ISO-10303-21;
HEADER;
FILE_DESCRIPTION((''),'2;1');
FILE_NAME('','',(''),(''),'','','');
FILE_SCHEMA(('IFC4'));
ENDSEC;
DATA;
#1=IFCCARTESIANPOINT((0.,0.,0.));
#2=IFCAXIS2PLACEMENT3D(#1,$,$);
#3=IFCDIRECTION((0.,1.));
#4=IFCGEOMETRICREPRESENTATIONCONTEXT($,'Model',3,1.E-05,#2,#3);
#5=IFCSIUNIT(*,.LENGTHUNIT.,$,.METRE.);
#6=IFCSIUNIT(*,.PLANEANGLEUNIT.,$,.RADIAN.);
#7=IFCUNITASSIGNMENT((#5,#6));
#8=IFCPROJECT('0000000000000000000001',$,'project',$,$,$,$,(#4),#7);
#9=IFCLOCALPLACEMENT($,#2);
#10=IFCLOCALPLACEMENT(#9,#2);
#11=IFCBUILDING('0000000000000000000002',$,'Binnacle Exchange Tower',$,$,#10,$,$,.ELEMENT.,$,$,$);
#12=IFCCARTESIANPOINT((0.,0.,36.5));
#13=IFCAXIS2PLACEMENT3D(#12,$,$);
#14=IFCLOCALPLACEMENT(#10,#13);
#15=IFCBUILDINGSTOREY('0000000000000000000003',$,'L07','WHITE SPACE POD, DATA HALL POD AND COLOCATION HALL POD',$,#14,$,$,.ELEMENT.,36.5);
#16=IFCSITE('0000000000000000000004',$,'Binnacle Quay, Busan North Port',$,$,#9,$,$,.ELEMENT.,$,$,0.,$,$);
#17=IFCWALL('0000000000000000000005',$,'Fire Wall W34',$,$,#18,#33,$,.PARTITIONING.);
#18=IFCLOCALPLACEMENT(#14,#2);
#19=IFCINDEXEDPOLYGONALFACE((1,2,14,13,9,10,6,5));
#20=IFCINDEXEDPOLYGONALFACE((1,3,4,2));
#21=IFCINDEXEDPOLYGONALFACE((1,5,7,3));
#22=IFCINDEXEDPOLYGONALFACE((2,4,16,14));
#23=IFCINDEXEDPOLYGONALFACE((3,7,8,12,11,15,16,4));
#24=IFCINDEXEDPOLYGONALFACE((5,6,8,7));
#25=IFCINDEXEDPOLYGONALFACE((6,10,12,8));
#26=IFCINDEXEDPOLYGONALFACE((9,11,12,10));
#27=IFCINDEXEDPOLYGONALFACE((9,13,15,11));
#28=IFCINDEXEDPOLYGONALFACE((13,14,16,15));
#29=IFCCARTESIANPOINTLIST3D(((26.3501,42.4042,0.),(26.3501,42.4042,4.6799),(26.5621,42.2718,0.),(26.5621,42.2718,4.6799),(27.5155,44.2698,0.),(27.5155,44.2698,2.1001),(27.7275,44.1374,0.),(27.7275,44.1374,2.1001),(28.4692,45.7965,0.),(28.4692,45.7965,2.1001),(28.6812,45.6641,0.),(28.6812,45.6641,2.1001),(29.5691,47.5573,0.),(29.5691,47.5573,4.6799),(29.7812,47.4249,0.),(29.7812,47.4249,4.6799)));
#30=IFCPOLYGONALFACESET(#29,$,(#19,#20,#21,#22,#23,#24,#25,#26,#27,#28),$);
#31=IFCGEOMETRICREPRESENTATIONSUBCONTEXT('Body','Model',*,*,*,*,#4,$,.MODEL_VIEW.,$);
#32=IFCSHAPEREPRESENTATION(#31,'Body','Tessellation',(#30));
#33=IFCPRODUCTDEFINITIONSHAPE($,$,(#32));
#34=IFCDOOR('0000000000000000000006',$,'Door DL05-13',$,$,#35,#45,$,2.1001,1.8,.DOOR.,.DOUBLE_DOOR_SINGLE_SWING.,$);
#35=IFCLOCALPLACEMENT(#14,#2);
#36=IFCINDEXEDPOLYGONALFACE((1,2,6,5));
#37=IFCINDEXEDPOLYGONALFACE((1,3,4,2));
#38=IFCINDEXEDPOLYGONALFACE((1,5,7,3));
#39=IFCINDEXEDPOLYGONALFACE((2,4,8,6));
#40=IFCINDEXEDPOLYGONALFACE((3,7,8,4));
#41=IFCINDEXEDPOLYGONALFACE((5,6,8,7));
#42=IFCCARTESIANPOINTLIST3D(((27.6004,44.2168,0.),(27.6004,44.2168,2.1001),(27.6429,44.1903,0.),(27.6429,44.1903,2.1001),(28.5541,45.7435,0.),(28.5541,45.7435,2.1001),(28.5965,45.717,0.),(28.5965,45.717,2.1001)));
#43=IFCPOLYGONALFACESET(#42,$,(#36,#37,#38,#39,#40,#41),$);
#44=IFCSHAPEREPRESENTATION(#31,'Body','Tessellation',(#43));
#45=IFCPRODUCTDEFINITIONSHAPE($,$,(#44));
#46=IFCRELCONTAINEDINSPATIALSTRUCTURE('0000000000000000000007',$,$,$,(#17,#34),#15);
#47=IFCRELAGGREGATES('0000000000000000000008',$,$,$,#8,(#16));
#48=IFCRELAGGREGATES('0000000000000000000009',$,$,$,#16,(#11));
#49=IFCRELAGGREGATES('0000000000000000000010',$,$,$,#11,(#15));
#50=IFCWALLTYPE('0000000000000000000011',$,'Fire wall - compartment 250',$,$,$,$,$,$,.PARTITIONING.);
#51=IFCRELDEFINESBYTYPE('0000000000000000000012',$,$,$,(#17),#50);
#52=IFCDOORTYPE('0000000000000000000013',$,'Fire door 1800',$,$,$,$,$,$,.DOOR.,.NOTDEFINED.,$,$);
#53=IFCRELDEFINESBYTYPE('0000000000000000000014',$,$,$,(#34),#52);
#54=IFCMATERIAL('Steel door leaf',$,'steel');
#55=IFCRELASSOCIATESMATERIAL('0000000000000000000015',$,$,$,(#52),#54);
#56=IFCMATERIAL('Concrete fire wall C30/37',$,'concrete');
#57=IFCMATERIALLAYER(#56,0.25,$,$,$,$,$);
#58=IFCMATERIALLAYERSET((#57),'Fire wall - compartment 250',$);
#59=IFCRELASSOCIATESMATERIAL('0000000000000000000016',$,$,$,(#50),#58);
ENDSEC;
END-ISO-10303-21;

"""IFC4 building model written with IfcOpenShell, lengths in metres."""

from ifc_helpers import new_model, si_unit, direction, frame, frame_2d, origin, place, context, subcontext, project, spatial, rectangle, extrude, material, layer, layer_set, type_object, element, fill, save


model = new_model("IFC4")

# Units and contexts
model_context = context("Model", 3, precision=1e-05, world=origin(), true_north=direction((0.0, 1.0)))
body_context = subcontext(model_context, "Body", "Model", "MODEL_VIEW")
ifc_project = project(units=[si_unit("LENGTHUNIT", "METRE"), si_unit("PLANEANGLEUNIT", "RADIAN")], contexts=[model_context])

# Site, building, storey
site_placement = place(None, origin())
site = spatial("IfcSite", under=ifc_project, at=site_placement, Name="Binnacle Quay, Busan North Port", CompositionType="ELEMENT", RefElevation=0.0)
building_placement = place(site_placement, origin())
building = spatial("IfcBuilding", under=site, at=building_placement, Name="Binnacle Exchange Tower", CompositionType="ELEMENT")
storey_placement = place(building_placement, frame((0.0, 0.0, 36.5)))
storey = spatial("IfcBuildingStorey", under=building, at=storey_placement, Name="L07", Description="WHITE SPACE POD, DATA HALL POD AND COLOCATION HALL POD", CompositionType="ELEMENT", Elevation=36.5)

# Shared definitions
ifc_material_1 = material(Name="Steel door leaf", Category="steel")

# Wall, opening, door
door_type_1 = type_object("IfcDoorType", Name="Fire door 1800", OperationType="NOTDEFINED", PredefinedType="DOOR", material=ifc_material_1)
ifc_material_2 = material(Name="Concrete fire wall C30/37", Category="concrete")
ifc_layer_1 = layer(ifc_material_2, 0.25)
ifc_layer_set_1 = layer_set([ifc_layer_1], Name="Fire wall - compartment 250")
wall_type_1 = type_object("IfcWallType", Name="Fire wall - compartment 250", PredefinedType="PARTITIONING", material=ifc_layer_set_1)
wall_1_placement = place(storey_placement, frame((26.4561, 42.3379, 0.0), z_axis=(0.0, 0.0, 1.0), x_axis=(0.5298, 0.848122, 0.0)))
wall_1 = element("IfcWall", 1, at=wall_1_placement, inside=storey, type_object=wall_type_1, Name="Fire Wall W34", PredefinedType="PARTITIONING", context=body_context, shape_type="SweptSolid", body=[
    extrude(rectangle(XDim=6.0759, YDim=0.25, at=frame_2d((3.0381, 0.0))), origin(), (0.0, 0.0, 1.0), 4.6799),
])
opening_1_placement = place(wall_1_placement, frame((2.2, 0.0, 0.0)))
opening_1 = element("IfcOpeningElement", 2, at=opening_1_placement, cuts=wall_1, PredefinedType="OPENING", context=body_context, shape_type="SweptSolid", body=[
    extrude(rectangle(XDim=1.8, YDim=2.1001, at=frame_2d((0.8999, 1.05))), frame((0.0, 0.135, 0.0), z_axis=(0.0, -1.0, 0.0), x_axis=(1.0, 0.0, 0.0)), (0.0, 0.0, 1.0), 0.27),
])
door_1_placement = place(opening_1_placement, origin())
door_1 = element("IfcDoor", 3, at=door_1_placement, inside=storey, type_object=door_type_1, Name="Door DL05-13", OperationType="DOUBLE_DOOR_SINGLE_SWING", OverallHeight=2.1001, OverallWidth=1.8, PredefinedType="DOOR", context=body_context, shape_type="SweptSolid", body=[
    extrude(rectangle(XDim=1.8, YDim=2.1001, at=frame_2d((0.8999, 1.05))), frame((0.0, 0.0249, 0.0), z_axis=(0.0, -1.0, 0.0), x_axis=(1.0, 0.0, 0.0)), (0.0, 0.0, 1.0), 0.05),
])
fill(opening_1, door_1)

save(model, "model.ifc")
